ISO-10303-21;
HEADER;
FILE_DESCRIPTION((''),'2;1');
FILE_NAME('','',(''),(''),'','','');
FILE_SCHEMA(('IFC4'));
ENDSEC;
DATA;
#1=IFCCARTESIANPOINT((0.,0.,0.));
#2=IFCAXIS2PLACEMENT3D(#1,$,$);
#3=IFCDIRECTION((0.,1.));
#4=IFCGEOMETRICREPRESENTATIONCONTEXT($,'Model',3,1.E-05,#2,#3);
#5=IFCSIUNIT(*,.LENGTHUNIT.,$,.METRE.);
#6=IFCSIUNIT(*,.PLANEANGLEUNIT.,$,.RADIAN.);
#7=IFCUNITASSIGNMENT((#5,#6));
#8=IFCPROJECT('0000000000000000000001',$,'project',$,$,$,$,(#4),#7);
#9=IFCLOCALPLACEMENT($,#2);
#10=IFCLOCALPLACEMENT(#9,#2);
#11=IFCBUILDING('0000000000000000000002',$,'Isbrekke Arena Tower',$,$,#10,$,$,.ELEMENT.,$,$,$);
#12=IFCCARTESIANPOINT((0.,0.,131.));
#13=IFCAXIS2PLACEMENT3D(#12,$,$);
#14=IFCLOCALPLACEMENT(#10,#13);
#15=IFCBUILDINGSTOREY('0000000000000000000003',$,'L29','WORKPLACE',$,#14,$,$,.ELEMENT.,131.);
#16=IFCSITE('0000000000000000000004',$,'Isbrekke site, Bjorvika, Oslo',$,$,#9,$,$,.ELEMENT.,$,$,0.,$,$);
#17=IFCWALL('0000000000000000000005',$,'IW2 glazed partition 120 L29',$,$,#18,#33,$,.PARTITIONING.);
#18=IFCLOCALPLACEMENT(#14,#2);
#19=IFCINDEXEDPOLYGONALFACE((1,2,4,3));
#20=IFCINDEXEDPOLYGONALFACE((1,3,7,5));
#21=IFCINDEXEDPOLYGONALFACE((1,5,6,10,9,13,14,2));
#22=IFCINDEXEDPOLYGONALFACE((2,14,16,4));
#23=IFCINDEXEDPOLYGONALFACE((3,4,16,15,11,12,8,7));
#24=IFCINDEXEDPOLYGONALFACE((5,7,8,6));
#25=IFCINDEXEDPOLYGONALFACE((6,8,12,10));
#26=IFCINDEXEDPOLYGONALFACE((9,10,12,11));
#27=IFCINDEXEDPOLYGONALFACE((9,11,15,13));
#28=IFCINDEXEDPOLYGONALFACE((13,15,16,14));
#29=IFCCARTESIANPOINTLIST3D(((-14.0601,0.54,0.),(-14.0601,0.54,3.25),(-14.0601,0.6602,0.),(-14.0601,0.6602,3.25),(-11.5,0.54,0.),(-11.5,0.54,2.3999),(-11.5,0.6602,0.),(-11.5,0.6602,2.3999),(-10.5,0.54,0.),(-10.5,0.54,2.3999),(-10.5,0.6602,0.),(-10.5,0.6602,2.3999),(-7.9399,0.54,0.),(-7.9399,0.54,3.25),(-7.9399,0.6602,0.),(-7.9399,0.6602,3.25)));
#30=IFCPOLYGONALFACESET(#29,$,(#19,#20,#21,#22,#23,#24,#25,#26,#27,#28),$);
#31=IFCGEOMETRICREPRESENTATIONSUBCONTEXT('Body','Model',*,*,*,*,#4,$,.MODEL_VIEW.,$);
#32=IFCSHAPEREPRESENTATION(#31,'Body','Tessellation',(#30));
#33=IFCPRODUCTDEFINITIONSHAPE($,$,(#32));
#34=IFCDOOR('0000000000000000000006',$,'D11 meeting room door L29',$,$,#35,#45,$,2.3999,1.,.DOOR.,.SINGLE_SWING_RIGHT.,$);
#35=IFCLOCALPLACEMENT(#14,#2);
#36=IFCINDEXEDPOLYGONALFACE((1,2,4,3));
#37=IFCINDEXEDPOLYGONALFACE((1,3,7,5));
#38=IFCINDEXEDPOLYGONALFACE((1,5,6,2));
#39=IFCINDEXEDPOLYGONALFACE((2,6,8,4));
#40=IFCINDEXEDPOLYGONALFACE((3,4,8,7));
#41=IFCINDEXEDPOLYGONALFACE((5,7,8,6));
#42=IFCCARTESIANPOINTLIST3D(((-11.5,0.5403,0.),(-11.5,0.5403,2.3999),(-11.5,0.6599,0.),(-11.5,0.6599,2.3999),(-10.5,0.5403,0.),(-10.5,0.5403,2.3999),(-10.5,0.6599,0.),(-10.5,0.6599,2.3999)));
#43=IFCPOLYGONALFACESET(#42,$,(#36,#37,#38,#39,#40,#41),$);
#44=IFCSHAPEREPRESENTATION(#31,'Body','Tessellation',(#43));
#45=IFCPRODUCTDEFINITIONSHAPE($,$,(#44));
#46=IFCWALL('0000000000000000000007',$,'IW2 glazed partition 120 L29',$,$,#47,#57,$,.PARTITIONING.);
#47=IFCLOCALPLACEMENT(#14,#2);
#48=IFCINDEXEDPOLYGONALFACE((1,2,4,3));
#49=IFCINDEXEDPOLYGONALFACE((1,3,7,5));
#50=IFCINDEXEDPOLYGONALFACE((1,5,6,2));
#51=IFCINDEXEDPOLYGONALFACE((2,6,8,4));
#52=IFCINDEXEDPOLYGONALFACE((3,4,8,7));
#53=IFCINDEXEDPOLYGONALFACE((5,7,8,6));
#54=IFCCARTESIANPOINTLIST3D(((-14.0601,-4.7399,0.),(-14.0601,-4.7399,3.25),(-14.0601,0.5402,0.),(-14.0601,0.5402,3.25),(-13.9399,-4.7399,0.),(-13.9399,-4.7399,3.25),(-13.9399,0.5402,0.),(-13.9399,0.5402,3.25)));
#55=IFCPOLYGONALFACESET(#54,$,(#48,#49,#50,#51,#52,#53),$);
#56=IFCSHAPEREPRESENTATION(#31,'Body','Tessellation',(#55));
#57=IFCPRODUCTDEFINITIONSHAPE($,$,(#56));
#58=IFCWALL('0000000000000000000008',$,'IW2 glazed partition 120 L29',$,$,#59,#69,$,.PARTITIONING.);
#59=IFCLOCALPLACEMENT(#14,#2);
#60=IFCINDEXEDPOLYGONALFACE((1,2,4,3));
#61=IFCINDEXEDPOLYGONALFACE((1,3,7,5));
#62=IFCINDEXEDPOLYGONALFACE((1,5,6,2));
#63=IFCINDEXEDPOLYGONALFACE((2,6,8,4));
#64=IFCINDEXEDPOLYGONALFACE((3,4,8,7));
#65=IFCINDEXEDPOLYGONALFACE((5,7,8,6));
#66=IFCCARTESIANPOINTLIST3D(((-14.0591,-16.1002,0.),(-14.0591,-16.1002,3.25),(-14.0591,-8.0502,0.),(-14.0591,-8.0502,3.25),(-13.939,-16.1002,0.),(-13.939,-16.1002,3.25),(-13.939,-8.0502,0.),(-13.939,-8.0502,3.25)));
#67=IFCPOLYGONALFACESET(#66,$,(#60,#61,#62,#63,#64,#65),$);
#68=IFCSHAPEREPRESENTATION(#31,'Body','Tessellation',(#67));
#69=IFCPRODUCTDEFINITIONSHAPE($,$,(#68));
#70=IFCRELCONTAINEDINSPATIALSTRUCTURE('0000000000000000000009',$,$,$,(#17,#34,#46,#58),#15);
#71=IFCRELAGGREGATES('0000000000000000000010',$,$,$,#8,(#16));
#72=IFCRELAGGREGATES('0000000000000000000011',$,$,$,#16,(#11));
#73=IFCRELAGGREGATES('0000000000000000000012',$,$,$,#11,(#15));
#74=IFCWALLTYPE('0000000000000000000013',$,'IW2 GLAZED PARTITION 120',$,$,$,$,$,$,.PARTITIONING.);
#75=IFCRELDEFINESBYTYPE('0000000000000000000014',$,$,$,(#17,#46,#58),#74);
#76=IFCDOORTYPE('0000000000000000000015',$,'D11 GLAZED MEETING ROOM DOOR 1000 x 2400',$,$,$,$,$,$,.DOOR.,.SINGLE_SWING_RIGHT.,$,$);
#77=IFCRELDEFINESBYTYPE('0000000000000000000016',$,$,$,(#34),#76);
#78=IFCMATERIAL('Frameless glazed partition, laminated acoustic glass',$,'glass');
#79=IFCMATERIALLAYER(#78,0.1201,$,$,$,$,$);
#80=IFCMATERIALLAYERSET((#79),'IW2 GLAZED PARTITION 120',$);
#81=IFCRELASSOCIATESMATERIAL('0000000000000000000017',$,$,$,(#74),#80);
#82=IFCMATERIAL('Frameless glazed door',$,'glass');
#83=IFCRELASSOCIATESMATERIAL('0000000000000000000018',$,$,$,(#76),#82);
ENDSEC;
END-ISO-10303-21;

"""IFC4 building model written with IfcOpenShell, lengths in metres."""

from ifc_helpers import new_model, si_unit, direction, frame, frame_2d, origin, place, context, subcontext, project, spatial, rectangle, extrude, material, layer, layer_set, type_object, element, fill, save


model = new_model("IFC4")

# Units and contexts
model_context = context("Model", 3, precision=1e-05, world=origin(), true_north=direction((0.0, 1.0)))
body_context = subcontext(model_context, "Body", "Model", "MODEL_VIEW")
ifc_project = project(units=[si_unit("LENGTHUNIT", "METRE"), si_unit("PLANEANGLEUNIT", "RADIAN")], contexts=[model_context])

# Site, building, storey
site_placement = place(None, origin())
site = spatial("IfcSite", under=ifc_project, at=site_placement, Name="Isbrekke site, Bjorvika, Oslo", CompositionType="ELEMENT", RefElevation=0.0)
building_placement = place(site_placement, origin())
building = spatial("IfcBuilding", under=site, at=building_placement, Name="Isbrekke Arena Tower", CompositionType="ELEMENT")
storey_placement = place(building_placement, frame((0.0, 0.0, 131.0)))
storey = spatial("IfcBuildingStorey", under=building, at=storey_placement, Name="L29", Description="WORKPLACE", CompositionType="ELEMENT", Elevation=131.0)

# Shared definitions
ifc_material_1 = material(Name="Frameless glazed partition, laminated acoustic glass", Category="glass")
ifc_layer_1 = layer(ifc_material_1, 0.1201)
ifc_layer_set_1 = layer_set([ifc_layer_1], Name="IW2 GLAZED PARTITION 120")
wall_type_1 = type_object("IfcWallType", Name="IW2 GLAZED PARTITION 120", PredefinedType="PARTITIONING", material=ifc_layer_set_1)

# Wall, opening, door
wall_1_placement = place(storey_placement, frame((-14.0601, 0.6001, 0.0), z_axis=(0.0, 0.0, 1.0), x_axis=(1.0, 0.0, 0.0)))
wall_1 = element("IfcWall", 1, at=wall_1_placement, inside=storey, type_object=wall_type_1, Name="IW2 glazed partition 120 L29", PredefinedType="PARTITIONING", context=body_context, shape_type="SweptSolid", body=[
    extrude(rectangle(XDim=6.1201, YDim=0.1201, at=frame_2d((3.0601, 0.0))), origin(), (0.0, 0.0, 1.0), 3.25),
])
opening_1_placement = place(wall_1_placement, frame((2.5601, 0.0, 0.0)))
opening_1 = element("IfcOpeningElement", 2, at=opening_1_placement, cuts=wall_1, PredefinedType="OPENING", context=body_context, shape_type="SweptSolid", body=[
    extrude(rectangle(XDim=1.0, YDim=2.3999, at=frame_2d((0.5, 1.2))), frame((0.0, 0.075, 0.0), z_axis=(0.0, -1.0, 0.0), x_axis=(1.0, 0.0, 0.0)), (0.0, 0.0, 1.0), 0.1499),
])
ifc_material_2 = material(Name="Frameless glazed door", Category="glass")
door_type_1 = type_object("IfcDoorType", Name="D11 GLAZED MEETING ROOM DOOR 1000 x 2400", OperationType="SINGLE_SWING_RIGHT", PredefinedType="DOOR", material=ifc_material_2)
door_1_placement = place(opening_1_placement, origin())
door_1 = element("IfcDoor", 3, at=door_1_placement, inside=storey, type_object=door_type_1, Name="D11 meeting room door L29", OperationType="SINGLE_SWING_RIGHT", OverallHeight=2.3999, OverallWidth=1.0, PredefinedType="DOOR", context=body_context, shape_type="SweptSolid", body=[
    extrude(rectangle(XDim=1.0, YDim=2.3999, at=frame_2d((0.5, 1.2))), frame((0.0, 0.0598, 0.0), z_axis=(0.0, -1.0, 0.0), x_axis=(1.0, 0.0, 0.0)), (0.0, 0.0, 1.0), 0.1196),
])
fill(opening_1, door_1)

# Walls
wall_2_placement = place(storey_placement, frame((-14.0, -4.74, 0.0), z_axis=(0.0, 0.0, 1.0), x_axis=(0.0, 1.0, 0.0)))
element("IfcWall", 4, at=wall_2_placement, inside=storey, type_object=wall_type_1, Name="IW2 glazed partition 120 L29", PredefinedType="PARTITIONING", context=body_context, shape_type="SweptSolid", body=[
    extrude(rectangle(XDim=5.28, YDim=0.1201, at=frame_2d((2.6401, 0.0))), origin(), (0.0, 0.0, 1.0), 3.25),
])
wall_3_placement = place(storey_placement, frame((-13.999, -16.1001, 0.0), z_axis=(0.0, 0.0, 1.0), x_axis=(0.0, 1.0, 0.0)))
element("IfcWall", 5, at=wall_3_placement, inside=storey, type_object=wall_type_1, Name="IW2 glazed partition 120 L29", PredefinedType="PARTITIONING", context=body_context, shape_type="SweptSolid", body=[
    extrude(rectangle(XDim=8.05, YDim=0.1201, at=frame_2d((4.0249, 0.0))), origin(), (0.0, 0.0, 1.0), 3.25),
])

save(model, "model.ifc")
